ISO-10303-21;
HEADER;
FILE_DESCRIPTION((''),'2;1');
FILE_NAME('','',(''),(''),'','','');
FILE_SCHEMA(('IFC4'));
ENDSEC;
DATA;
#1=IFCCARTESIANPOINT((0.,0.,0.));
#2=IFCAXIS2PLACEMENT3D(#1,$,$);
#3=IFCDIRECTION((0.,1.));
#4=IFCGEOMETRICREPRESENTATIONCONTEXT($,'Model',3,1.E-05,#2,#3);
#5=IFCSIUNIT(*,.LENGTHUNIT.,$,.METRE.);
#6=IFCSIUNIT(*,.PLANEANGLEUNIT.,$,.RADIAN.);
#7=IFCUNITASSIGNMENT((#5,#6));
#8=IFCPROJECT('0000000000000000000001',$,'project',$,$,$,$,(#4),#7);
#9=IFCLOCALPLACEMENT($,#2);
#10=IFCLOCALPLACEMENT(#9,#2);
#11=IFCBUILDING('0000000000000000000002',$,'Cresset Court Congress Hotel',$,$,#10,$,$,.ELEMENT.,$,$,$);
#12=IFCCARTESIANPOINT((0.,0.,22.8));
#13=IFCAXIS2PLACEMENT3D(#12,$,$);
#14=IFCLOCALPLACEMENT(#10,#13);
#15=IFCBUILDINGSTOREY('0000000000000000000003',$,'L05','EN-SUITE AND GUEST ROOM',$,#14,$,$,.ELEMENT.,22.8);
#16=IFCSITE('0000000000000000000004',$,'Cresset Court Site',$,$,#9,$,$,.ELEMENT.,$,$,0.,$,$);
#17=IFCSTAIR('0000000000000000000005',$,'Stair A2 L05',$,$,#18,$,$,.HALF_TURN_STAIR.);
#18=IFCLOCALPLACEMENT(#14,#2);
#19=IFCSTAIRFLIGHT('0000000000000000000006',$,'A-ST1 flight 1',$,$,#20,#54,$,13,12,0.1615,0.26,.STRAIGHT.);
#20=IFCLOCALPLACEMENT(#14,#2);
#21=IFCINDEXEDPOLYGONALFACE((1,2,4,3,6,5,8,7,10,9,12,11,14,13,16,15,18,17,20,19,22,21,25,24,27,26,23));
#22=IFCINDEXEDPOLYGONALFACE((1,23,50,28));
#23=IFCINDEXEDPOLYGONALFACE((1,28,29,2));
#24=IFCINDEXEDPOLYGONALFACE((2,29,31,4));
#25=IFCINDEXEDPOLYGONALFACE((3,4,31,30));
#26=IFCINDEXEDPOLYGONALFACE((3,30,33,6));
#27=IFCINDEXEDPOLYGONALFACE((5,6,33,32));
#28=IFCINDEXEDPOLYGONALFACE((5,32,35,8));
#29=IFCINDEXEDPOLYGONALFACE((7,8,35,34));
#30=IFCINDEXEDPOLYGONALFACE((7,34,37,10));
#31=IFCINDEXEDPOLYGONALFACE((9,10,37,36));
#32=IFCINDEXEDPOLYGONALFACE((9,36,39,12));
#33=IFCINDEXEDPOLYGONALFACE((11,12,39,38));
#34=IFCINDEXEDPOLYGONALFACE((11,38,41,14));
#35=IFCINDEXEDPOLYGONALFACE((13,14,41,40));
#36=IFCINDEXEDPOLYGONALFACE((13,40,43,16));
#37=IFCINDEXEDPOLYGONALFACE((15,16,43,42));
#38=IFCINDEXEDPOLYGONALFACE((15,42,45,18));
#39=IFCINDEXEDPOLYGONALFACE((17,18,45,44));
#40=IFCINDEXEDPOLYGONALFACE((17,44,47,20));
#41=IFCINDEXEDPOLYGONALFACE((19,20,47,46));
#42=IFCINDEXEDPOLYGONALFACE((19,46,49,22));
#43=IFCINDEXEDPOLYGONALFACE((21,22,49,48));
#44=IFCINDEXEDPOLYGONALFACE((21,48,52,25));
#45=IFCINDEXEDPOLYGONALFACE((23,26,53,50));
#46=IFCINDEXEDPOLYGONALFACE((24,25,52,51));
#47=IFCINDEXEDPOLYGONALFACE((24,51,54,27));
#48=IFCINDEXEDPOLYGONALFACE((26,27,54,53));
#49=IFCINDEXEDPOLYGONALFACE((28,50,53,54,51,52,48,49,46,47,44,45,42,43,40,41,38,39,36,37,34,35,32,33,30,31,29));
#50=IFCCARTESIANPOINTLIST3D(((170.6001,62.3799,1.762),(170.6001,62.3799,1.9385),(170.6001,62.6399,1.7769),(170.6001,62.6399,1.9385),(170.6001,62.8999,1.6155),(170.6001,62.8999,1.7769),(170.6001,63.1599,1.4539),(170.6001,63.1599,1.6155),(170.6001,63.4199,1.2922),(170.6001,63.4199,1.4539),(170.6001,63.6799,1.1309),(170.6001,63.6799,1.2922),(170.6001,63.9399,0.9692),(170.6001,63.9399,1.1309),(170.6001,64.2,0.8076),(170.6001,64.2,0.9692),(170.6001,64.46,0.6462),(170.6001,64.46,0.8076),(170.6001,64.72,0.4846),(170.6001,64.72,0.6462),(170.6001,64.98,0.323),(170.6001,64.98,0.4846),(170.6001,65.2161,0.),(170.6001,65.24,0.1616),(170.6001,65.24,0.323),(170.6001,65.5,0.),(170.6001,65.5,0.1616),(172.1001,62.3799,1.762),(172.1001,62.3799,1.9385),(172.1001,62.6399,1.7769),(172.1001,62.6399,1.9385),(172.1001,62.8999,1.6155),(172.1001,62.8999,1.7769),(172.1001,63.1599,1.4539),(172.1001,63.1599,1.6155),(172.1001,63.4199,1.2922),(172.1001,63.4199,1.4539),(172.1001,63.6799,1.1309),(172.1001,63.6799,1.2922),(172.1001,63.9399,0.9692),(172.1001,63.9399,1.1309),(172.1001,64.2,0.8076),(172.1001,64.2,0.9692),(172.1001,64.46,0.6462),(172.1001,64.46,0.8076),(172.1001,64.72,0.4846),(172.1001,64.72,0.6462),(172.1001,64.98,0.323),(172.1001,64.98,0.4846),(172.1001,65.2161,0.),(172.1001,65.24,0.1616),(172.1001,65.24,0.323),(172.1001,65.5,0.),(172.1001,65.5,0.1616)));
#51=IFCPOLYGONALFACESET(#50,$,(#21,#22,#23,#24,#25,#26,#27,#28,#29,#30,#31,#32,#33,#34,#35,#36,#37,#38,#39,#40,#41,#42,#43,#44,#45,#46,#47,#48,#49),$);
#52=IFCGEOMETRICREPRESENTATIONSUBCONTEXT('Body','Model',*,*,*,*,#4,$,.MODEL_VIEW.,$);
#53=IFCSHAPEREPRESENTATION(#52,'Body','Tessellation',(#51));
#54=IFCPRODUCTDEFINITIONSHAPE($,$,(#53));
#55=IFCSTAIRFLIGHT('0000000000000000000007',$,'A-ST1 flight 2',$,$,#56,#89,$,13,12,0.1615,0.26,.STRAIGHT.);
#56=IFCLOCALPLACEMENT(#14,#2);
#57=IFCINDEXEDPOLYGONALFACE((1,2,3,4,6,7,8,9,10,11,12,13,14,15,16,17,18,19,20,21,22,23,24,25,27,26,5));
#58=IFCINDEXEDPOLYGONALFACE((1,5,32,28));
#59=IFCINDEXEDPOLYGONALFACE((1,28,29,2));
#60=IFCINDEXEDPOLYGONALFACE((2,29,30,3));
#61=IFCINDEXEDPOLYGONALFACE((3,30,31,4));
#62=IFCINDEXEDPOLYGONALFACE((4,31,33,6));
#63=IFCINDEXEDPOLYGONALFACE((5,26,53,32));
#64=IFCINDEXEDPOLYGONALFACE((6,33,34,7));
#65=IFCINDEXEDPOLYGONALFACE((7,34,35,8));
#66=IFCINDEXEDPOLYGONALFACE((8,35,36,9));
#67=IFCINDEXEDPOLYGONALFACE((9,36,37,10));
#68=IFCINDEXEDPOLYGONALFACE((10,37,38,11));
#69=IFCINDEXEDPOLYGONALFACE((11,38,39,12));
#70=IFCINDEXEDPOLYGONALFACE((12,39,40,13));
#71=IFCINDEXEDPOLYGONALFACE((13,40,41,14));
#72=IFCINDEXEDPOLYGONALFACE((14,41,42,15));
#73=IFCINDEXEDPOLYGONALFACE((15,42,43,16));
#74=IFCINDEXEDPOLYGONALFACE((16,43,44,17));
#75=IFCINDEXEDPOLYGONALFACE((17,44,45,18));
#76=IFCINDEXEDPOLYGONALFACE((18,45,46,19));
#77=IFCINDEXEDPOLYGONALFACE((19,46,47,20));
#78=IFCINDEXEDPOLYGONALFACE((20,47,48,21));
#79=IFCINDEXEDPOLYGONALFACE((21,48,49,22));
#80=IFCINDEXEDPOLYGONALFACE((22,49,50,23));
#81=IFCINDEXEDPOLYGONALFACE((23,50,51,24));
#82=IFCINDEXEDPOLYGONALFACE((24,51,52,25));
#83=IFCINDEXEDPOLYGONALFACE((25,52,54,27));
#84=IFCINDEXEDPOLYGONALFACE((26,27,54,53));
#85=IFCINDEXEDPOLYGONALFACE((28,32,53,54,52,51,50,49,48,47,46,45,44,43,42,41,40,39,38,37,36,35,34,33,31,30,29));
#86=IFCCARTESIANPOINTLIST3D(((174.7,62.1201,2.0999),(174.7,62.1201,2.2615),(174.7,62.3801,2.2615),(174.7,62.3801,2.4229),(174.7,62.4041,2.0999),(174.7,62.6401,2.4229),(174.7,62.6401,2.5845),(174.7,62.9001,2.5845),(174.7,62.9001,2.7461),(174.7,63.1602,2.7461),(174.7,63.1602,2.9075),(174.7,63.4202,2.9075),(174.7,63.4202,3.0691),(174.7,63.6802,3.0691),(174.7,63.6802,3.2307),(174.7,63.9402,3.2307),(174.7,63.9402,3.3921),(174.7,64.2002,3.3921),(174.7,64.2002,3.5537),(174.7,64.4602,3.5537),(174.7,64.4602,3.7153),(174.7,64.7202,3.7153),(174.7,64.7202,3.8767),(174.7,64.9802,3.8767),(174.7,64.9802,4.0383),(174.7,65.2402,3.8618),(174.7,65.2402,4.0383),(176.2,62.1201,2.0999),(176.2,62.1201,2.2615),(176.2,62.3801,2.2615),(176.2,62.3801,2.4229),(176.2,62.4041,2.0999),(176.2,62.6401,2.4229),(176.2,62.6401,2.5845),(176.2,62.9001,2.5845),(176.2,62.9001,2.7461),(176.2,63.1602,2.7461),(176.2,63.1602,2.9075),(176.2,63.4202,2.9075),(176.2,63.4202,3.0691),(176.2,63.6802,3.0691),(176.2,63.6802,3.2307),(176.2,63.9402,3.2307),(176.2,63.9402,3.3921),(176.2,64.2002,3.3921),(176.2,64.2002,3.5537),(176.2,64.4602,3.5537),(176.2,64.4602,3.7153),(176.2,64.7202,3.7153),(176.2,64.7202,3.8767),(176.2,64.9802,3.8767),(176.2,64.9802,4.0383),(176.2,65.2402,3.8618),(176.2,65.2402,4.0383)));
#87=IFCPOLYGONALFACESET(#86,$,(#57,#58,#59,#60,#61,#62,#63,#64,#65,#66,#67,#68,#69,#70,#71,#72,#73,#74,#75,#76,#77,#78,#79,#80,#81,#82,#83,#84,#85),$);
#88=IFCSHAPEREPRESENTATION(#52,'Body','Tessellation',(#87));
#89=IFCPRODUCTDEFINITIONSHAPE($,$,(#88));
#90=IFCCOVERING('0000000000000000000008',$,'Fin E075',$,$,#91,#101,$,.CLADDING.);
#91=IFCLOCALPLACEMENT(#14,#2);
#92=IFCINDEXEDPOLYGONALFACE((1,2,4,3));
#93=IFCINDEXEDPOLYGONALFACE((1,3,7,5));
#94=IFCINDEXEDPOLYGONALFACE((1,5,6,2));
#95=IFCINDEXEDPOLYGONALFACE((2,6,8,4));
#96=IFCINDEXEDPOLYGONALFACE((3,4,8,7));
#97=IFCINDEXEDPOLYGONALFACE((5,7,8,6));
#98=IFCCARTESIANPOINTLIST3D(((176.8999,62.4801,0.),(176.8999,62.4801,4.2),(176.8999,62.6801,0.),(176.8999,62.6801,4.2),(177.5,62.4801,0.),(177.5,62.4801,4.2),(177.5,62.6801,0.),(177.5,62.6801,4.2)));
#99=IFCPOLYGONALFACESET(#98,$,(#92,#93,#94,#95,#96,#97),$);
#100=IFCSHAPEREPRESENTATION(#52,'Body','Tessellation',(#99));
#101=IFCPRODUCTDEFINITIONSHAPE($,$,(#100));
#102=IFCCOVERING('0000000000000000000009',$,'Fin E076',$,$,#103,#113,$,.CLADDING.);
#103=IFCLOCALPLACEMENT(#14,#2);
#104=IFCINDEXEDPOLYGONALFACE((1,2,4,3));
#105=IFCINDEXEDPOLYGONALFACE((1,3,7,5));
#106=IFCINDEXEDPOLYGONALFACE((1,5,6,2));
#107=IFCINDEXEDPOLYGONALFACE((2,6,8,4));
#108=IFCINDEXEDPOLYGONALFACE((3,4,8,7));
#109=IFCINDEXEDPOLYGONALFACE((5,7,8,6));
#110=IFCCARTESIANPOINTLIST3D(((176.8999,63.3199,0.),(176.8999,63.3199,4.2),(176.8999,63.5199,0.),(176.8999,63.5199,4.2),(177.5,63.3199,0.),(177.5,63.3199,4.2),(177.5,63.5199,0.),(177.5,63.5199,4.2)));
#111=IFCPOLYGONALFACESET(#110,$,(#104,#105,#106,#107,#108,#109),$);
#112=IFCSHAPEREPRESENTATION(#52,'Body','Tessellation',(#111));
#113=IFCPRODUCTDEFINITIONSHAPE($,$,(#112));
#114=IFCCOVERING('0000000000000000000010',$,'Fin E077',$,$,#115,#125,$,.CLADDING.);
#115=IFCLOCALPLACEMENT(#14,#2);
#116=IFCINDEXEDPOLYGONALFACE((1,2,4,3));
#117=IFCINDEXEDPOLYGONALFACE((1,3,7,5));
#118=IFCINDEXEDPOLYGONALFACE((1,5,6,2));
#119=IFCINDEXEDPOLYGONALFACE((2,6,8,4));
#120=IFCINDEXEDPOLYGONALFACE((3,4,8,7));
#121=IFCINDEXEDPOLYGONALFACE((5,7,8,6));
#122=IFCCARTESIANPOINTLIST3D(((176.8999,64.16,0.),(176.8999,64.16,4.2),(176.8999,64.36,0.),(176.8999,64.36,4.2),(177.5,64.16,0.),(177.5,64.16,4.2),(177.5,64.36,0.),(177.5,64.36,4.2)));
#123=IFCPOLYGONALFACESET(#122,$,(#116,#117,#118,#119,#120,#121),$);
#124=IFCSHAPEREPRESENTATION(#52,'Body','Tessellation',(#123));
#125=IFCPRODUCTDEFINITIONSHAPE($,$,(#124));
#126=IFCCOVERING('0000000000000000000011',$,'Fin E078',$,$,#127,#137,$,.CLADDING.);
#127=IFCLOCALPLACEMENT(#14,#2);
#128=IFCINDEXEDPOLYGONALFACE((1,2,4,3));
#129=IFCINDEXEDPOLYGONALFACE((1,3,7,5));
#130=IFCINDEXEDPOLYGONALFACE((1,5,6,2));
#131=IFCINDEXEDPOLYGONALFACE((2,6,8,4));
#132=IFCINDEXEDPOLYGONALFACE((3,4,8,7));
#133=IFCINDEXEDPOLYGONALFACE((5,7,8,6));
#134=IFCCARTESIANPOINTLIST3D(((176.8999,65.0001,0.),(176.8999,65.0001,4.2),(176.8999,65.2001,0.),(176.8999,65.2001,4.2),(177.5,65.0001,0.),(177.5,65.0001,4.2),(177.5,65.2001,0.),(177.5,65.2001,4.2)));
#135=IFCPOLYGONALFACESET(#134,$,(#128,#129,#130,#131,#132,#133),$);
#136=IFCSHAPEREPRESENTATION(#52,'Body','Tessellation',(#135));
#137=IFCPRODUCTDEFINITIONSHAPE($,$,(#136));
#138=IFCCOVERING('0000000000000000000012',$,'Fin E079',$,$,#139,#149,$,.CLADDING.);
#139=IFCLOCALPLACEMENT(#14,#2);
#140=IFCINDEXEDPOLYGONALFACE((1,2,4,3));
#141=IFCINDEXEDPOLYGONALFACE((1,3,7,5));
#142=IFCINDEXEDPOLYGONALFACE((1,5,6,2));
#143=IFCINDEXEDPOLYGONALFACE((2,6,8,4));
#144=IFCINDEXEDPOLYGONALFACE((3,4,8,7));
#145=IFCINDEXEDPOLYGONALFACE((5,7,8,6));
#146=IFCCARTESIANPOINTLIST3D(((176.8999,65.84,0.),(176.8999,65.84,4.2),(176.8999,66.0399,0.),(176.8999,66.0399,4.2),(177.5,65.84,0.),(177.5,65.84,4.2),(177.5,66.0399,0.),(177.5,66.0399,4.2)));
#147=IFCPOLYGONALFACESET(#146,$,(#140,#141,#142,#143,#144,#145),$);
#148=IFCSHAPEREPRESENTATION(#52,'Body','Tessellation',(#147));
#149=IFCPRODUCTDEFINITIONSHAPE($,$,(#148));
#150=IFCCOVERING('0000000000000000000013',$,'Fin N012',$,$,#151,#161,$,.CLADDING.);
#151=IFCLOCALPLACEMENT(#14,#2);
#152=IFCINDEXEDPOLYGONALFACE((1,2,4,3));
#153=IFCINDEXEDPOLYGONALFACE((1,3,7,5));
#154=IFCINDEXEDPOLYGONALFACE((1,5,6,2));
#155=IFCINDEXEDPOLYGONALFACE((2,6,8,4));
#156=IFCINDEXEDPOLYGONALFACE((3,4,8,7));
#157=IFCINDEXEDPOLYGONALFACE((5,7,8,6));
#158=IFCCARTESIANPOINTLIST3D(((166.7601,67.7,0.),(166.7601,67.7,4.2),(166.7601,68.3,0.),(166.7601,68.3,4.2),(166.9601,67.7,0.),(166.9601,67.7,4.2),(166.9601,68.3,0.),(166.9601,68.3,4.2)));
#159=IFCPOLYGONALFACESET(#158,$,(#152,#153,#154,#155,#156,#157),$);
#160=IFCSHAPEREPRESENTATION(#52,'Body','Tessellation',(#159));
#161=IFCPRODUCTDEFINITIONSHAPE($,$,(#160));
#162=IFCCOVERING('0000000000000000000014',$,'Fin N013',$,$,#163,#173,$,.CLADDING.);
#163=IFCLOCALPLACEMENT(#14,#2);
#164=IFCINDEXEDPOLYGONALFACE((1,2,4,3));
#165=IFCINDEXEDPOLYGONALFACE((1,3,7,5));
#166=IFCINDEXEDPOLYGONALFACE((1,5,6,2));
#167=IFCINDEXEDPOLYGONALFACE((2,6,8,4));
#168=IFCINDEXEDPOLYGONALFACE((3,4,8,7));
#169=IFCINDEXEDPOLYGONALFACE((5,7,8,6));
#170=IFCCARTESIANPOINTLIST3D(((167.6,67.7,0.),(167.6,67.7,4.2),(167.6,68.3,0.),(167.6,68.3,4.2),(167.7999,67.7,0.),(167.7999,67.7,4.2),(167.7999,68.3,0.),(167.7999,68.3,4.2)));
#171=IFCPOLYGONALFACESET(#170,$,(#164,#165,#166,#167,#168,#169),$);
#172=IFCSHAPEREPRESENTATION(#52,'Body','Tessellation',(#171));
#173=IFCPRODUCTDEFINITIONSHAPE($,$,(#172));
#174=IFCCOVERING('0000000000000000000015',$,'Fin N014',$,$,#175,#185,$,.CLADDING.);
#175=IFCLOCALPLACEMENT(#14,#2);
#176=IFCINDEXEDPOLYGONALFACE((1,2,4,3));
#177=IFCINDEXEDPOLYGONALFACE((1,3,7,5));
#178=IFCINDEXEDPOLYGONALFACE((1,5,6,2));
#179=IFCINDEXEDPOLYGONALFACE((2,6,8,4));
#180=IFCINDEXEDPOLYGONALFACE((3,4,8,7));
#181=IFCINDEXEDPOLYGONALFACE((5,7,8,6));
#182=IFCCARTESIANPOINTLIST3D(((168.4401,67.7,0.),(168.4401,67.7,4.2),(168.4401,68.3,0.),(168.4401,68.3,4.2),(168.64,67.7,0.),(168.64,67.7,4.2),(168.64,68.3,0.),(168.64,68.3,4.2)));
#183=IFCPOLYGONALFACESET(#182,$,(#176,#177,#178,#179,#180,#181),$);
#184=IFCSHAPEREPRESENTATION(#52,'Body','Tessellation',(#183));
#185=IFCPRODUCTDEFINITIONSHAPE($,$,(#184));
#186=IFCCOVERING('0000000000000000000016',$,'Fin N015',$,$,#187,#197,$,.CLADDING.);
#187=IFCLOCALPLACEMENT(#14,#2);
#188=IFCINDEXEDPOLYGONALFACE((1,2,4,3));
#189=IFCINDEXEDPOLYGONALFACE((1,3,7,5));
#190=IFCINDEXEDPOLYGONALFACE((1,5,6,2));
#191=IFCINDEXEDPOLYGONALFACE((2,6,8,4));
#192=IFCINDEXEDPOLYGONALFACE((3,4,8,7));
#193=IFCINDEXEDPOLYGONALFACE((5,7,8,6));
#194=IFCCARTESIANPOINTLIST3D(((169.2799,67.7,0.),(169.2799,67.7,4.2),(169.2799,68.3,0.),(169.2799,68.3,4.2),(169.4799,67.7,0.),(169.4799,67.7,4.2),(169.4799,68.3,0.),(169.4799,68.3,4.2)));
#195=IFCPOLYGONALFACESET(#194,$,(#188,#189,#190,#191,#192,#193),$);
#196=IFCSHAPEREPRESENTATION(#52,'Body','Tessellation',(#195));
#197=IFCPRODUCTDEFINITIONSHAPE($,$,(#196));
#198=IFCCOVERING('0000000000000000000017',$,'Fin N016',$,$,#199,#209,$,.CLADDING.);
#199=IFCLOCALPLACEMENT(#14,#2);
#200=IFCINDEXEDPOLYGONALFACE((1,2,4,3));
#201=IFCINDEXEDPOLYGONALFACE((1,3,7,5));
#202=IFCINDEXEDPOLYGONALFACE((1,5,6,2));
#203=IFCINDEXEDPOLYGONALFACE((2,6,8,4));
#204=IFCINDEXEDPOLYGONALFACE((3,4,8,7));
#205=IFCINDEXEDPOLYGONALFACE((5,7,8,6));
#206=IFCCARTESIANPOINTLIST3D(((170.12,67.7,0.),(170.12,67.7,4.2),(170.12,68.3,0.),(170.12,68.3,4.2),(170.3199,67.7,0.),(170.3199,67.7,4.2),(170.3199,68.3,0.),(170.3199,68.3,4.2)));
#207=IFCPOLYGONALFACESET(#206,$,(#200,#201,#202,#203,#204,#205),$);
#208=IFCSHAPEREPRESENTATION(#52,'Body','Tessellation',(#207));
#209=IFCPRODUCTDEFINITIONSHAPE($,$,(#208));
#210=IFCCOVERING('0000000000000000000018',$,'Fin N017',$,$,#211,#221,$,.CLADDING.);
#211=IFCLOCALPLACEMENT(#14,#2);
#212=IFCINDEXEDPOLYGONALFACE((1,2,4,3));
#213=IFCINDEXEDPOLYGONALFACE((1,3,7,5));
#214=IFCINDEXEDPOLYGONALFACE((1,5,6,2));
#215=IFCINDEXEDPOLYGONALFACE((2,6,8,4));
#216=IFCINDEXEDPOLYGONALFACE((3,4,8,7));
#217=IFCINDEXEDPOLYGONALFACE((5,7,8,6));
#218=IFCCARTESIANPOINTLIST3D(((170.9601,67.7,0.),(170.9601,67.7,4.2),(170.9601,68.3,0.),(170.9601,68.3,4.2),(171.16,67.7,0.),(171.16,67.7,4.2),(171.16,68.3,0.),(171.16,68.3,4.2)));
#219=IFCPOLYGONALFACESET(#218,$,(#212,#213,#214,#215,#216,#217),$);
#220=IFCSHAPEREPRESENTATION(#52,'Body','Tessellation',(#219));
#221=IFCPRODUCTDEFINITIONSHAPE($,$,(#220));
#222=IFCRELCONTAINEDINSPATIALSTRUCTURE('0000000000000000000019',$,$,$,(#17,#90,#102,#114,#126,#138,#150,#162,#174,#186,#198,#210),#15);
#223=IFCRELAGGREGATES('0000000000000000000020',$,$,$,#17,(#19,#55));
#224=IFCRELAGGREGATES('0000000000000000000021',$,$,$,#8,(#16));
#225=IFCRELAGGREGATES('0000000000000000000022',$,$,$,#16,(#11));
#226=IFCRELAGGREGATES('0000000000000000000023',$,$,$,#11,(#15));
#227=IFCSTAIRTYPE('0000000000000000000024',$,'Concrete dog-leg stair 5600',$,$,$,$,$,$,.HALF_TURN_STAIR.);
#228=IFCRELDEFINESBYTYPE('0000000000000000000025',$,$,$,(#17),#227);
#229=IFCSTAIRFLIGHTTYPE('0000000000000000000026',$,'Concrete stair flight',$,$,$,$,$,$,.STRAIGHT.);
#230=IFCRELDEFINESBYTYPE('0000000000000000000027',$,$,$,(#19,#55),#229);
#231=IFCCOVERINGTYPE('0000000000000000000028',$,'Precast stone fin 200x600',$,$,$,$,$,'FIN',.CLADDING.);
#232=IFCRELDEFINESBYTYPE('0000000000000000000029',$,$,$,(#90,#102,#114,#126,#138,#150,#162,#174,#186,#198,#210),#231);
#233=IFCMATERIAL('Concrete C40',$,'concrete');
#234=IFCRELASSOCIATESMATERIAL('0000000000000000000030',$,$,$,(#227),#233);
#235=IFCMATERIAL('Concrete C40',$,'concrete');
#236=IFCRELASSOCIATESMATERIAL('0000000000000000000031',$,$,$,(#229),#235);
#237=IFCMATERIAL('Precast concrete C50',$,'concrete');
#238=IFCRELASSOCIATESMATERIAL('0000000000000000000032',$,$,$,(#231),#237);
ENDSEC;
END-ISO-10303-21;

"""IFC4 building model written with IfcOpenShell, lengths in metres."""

from ifc_helpers import new_model, si_unit, direction, frame, origin, origin_2d, place, context, subcontext, project, spatial, polyline, rectangle, outline, extrude, material, type_object, element, aggregate, save


model = new_model("IFC4")

# Units and contexts
model_context = context("Model", 3, precision=1e-05, world=origin(), true_north=direction((0.0, 1.0)))
body_context = subcontext(model_context, "Body", "Model", "MODEL_VIEW")
ifc_project = project(units=[si_unit("LENGTHUNIT", "METRE"), si_unit("PLANEANGLEUNIT", "RADIAN")], contexts=[model_context])

# Site, building, storey
site_placement = place(None, origin())
site = spatial("IfcSite", under=ifc_project, at=site_placement, Name="Cresset Court Site", CompositionType="ELEMENT", RefElevation=0.0)
building_placement = place(site_placement, origin())
building = spatial("IfcBuilding", under=site, at=building_placement, Name="Cresset Court Congress Hotel", CompositionType="ELEMENT")
storey_placement = place(building_placement, frame((0.0, 0.0, 22.8)))
storey = spatial("IfcBuildingStorey", under=building, at=storey_placement, Name="L05", Description="EN-SUITE AND GUEST ROOM", CompositionType="ELEMENT", Elevation=22.8)

# Stair, stair flights
ifc_material_1 = material(Name="Concrete C40", Category="concrete")
stair_type = type_object("IfcStairType", Name="Concrete dog-leg stair 5600", PredefinedType="HALF_TURN_STAIR", material=ifc_material_1)
stair_placement = place(storey_placement, origin())
stair = element("IfcStair", 1, at=stair_placement, inside=storey, type_object=stair_type, Name="Stair A2 L05", PredefinedType="HALF_TURN_STAIR")
ifc_material_2 = material(Name="Concrete C40", Category="concrete")
stair_flight_type = type_object("IfcStairFlightType", Name="Concrete stair flight", PredefinedType="STRAIGHT", material=ifc_material_2)
stair_flight_1_placement = place(storey_placement, frame((171.3501, 65.5, 0.0), z_axis=(0.0, 0.0, 1.0), x_axis=(0.0, -1.0, 0.0)))
stair_flight_1 = element("IfcStairFlight", 2, at=stair_flight_1_placement, type_object=stair_flight_type, Name="A-ST1 flight 1", NumberOfRisers=13, NumberOfTreads=12, PredefinedType="STRAIGHT", RiserHeight=0.1615, TreadLength=0.26, context=body_context, shape_type="SweptSolid", body=[
    extrude(outline(polyline([(0.0, 0.0), (0.0, 0.1616), (0.26, 0.1616), (0.26, 0.323), (0.52, 0.323), (0.52, 0.4846), (0.78, 0.4846), (0.78, 0.6462), (1.04, 0.6462), (1.04, 0.8076), (1.3, 0.8076), (1.3, 0.9692), (1.5601, 0.9692), (1.5601, 1.1309), (1.8201, 1.1309), (1.8201, 1.2922), (2.0801, 1.2922), (2.0801, 1.4539), (2.3401, 1.4539), (2.3401, 1.6155), (2.6001, 1.6155), (2.6001, 1.7769), (2.8601, 1.7769), (2.8601, 1.9385), (3.1201, 1.9385), (3.1201, 2.1001), (3.1201, 1.762), (0.2839, 0.0), (0.0, 0.0)])), frame((0.0, 0.75, 0.0), z_axis=(0.0, -1.0, 0.0), x_axis=(1.0, 0.0, 0.0)), (0.0, 0.0, 1.0), 1.5),
])
stair_flight_2_placement = place(storey_placement, frame((175.45, 62.1201, 2.0999), z_axis=(0.0, 0.0, 1.0), x_axis=(0.0, 1.0, 0.0)))
stair_flight_2 = element("IfcStairFlight", 3, at=stair_flight_2_placement, type_object=stair_flight_type, Name="A-ST1 flight 2", NumberOfRisers=13, NumberOfTreads=12, PredefinedType="STRAIGHT", RiserHeight=0.1615, TreadLength=0.26, context=body_context, shape_type="SweptSolid", body=[
    extrude(outline(polyline([(0.0, 0.0), (0.0, 0.1616), (0.26, 0.1616), (0.26, 0.323), (0.52, 0.323), (0.52, 0.4846), (0.78, 0.4846), (0.78, 0.6462), (1.04, 0.6462), (1.04, 0.8076), (1.3, 0.8076), (1.3, 0.9692), (1.5601, 0.9692), (1.5601, 1.1309), (1.8201, 1.1309), (1.8201, 1.2922), (2.0801, 1.2922), (2.0801, 1.4539), (2.3401, 1.4539), (2.3401, 1.6155), (2.6001, 1.6155), (2.6001, 1.7769), (2.8601, 1.7769), (2.8601, 1.9385), (3.1201, 1.9385), (3.1201, 2.1001), (3.1201, 1.762), (0.2839, 0.0), (0.0, 0.0)])), frame((0.0, 0.75, 0.0), z_axis=(0.0, -1.0, 0.0), x_axis=(1.0, 0.0, 0.0)), (0.0, 0.0, 1.0), 1.5),
])
aggregate(stair, [stair_flight_1, stair_flight_2])

# Coverings
ifc_material_3 = material(Name="Precast concrete C50", Category="concrete")
covering_type_1 = type_object("IfcCoveringType", Name="Precast stone fin 200x600", ElementType="FIN", PredefinedType="CLADDING", material=ifc_material_3)
for number, where, z_axis, x_axis, name in (
    (4, (177.2, 62.5801, 0.0), (0.0, 0.0, 1.0), (1.0, 0.0, 0.0), "Fin E075"),
    (5, (177.2, 63.4199, 0.0), (0.0, 0.0, 1.0), (1.0, 0.0, 0.0), "Fin E076"),
    (6, (177.2, 64.26, 0.0), (0.0, 0.0, 1.0), (1.0, 0.0, 0.0), "Fin E077"),
    (7, (177.2, 65.1001, 0.0), (0.0, 0.0, 1.0), (1.0, 0.0, 0.0), "Fin E078"),
    (8, (177.2, 65.9399, 0.0), (0.0, 0.0, 1.0), (1.0, 0.0, 0.0), "Fin E079"),
):
    element("IfcCovering", number, at=place(storey_placement, frame(where, z_axis=z_axis, x_axis=x_axis)), inside=storey, type_object=covering_type_1, Name=name, PredefinedType="CLADDING", context=body_context, shape_type="SweptSolid", body=[
        extrude(rectangle(XDim=0.6001, YDim=0.2, at=origin_2d()), origin(), (0.0, 0.0, 1.0), 4.2),
    ])
for number, where, z_axis, x_axis, name in (
    (9, (166.8601, 68.0, 0.0), (0.0, 0.0, 1.0), (1.0, 0.0, 0.0), "Fin N012"),
    (10, (167.7, 68.0, 0.0), (0.0, 0.0, 1.0), (1.0, 0.0, 0.0), "Fin N013"),
    (11, (168.54, 68.0, 0.0), (0.0, 0.0, 1.0), (1.0, 0.0, 0.0), "Fin N014"),
    (12, (169.3799, 68.0, 0.0), (0.0, 0.0, 1.0), (1.0, 0.0, 0.0), "Fin N015"),
    (13, (170.22, 68.0, 0.0), (0.0, 0.0, 1.0), (1.0, 0.0, 0.0), "Fin N016"),
    (14, (171.0601, 68.0, 0.0), (0.0, 0.0, 1.0), (1.0, 0.0, 0.0), "Fin N017"),
):
    element("IfcCovering", number, at=place(storey_placement, frame(where, z_axis=z_axis, x_axis=x_axis)), inside=storey, type_object=covering_type_1, Name=name, PredefinedType="CLADDING", context=body_context, shape_type="SweptSolid", body=[
        extrude(rectangle(XDim=0.2, YDim=0.6001, at=origin_2d()), origin(), (0.0, 0.0, 1.0), 4.2),
    ])

save(model, "model.ifc")
